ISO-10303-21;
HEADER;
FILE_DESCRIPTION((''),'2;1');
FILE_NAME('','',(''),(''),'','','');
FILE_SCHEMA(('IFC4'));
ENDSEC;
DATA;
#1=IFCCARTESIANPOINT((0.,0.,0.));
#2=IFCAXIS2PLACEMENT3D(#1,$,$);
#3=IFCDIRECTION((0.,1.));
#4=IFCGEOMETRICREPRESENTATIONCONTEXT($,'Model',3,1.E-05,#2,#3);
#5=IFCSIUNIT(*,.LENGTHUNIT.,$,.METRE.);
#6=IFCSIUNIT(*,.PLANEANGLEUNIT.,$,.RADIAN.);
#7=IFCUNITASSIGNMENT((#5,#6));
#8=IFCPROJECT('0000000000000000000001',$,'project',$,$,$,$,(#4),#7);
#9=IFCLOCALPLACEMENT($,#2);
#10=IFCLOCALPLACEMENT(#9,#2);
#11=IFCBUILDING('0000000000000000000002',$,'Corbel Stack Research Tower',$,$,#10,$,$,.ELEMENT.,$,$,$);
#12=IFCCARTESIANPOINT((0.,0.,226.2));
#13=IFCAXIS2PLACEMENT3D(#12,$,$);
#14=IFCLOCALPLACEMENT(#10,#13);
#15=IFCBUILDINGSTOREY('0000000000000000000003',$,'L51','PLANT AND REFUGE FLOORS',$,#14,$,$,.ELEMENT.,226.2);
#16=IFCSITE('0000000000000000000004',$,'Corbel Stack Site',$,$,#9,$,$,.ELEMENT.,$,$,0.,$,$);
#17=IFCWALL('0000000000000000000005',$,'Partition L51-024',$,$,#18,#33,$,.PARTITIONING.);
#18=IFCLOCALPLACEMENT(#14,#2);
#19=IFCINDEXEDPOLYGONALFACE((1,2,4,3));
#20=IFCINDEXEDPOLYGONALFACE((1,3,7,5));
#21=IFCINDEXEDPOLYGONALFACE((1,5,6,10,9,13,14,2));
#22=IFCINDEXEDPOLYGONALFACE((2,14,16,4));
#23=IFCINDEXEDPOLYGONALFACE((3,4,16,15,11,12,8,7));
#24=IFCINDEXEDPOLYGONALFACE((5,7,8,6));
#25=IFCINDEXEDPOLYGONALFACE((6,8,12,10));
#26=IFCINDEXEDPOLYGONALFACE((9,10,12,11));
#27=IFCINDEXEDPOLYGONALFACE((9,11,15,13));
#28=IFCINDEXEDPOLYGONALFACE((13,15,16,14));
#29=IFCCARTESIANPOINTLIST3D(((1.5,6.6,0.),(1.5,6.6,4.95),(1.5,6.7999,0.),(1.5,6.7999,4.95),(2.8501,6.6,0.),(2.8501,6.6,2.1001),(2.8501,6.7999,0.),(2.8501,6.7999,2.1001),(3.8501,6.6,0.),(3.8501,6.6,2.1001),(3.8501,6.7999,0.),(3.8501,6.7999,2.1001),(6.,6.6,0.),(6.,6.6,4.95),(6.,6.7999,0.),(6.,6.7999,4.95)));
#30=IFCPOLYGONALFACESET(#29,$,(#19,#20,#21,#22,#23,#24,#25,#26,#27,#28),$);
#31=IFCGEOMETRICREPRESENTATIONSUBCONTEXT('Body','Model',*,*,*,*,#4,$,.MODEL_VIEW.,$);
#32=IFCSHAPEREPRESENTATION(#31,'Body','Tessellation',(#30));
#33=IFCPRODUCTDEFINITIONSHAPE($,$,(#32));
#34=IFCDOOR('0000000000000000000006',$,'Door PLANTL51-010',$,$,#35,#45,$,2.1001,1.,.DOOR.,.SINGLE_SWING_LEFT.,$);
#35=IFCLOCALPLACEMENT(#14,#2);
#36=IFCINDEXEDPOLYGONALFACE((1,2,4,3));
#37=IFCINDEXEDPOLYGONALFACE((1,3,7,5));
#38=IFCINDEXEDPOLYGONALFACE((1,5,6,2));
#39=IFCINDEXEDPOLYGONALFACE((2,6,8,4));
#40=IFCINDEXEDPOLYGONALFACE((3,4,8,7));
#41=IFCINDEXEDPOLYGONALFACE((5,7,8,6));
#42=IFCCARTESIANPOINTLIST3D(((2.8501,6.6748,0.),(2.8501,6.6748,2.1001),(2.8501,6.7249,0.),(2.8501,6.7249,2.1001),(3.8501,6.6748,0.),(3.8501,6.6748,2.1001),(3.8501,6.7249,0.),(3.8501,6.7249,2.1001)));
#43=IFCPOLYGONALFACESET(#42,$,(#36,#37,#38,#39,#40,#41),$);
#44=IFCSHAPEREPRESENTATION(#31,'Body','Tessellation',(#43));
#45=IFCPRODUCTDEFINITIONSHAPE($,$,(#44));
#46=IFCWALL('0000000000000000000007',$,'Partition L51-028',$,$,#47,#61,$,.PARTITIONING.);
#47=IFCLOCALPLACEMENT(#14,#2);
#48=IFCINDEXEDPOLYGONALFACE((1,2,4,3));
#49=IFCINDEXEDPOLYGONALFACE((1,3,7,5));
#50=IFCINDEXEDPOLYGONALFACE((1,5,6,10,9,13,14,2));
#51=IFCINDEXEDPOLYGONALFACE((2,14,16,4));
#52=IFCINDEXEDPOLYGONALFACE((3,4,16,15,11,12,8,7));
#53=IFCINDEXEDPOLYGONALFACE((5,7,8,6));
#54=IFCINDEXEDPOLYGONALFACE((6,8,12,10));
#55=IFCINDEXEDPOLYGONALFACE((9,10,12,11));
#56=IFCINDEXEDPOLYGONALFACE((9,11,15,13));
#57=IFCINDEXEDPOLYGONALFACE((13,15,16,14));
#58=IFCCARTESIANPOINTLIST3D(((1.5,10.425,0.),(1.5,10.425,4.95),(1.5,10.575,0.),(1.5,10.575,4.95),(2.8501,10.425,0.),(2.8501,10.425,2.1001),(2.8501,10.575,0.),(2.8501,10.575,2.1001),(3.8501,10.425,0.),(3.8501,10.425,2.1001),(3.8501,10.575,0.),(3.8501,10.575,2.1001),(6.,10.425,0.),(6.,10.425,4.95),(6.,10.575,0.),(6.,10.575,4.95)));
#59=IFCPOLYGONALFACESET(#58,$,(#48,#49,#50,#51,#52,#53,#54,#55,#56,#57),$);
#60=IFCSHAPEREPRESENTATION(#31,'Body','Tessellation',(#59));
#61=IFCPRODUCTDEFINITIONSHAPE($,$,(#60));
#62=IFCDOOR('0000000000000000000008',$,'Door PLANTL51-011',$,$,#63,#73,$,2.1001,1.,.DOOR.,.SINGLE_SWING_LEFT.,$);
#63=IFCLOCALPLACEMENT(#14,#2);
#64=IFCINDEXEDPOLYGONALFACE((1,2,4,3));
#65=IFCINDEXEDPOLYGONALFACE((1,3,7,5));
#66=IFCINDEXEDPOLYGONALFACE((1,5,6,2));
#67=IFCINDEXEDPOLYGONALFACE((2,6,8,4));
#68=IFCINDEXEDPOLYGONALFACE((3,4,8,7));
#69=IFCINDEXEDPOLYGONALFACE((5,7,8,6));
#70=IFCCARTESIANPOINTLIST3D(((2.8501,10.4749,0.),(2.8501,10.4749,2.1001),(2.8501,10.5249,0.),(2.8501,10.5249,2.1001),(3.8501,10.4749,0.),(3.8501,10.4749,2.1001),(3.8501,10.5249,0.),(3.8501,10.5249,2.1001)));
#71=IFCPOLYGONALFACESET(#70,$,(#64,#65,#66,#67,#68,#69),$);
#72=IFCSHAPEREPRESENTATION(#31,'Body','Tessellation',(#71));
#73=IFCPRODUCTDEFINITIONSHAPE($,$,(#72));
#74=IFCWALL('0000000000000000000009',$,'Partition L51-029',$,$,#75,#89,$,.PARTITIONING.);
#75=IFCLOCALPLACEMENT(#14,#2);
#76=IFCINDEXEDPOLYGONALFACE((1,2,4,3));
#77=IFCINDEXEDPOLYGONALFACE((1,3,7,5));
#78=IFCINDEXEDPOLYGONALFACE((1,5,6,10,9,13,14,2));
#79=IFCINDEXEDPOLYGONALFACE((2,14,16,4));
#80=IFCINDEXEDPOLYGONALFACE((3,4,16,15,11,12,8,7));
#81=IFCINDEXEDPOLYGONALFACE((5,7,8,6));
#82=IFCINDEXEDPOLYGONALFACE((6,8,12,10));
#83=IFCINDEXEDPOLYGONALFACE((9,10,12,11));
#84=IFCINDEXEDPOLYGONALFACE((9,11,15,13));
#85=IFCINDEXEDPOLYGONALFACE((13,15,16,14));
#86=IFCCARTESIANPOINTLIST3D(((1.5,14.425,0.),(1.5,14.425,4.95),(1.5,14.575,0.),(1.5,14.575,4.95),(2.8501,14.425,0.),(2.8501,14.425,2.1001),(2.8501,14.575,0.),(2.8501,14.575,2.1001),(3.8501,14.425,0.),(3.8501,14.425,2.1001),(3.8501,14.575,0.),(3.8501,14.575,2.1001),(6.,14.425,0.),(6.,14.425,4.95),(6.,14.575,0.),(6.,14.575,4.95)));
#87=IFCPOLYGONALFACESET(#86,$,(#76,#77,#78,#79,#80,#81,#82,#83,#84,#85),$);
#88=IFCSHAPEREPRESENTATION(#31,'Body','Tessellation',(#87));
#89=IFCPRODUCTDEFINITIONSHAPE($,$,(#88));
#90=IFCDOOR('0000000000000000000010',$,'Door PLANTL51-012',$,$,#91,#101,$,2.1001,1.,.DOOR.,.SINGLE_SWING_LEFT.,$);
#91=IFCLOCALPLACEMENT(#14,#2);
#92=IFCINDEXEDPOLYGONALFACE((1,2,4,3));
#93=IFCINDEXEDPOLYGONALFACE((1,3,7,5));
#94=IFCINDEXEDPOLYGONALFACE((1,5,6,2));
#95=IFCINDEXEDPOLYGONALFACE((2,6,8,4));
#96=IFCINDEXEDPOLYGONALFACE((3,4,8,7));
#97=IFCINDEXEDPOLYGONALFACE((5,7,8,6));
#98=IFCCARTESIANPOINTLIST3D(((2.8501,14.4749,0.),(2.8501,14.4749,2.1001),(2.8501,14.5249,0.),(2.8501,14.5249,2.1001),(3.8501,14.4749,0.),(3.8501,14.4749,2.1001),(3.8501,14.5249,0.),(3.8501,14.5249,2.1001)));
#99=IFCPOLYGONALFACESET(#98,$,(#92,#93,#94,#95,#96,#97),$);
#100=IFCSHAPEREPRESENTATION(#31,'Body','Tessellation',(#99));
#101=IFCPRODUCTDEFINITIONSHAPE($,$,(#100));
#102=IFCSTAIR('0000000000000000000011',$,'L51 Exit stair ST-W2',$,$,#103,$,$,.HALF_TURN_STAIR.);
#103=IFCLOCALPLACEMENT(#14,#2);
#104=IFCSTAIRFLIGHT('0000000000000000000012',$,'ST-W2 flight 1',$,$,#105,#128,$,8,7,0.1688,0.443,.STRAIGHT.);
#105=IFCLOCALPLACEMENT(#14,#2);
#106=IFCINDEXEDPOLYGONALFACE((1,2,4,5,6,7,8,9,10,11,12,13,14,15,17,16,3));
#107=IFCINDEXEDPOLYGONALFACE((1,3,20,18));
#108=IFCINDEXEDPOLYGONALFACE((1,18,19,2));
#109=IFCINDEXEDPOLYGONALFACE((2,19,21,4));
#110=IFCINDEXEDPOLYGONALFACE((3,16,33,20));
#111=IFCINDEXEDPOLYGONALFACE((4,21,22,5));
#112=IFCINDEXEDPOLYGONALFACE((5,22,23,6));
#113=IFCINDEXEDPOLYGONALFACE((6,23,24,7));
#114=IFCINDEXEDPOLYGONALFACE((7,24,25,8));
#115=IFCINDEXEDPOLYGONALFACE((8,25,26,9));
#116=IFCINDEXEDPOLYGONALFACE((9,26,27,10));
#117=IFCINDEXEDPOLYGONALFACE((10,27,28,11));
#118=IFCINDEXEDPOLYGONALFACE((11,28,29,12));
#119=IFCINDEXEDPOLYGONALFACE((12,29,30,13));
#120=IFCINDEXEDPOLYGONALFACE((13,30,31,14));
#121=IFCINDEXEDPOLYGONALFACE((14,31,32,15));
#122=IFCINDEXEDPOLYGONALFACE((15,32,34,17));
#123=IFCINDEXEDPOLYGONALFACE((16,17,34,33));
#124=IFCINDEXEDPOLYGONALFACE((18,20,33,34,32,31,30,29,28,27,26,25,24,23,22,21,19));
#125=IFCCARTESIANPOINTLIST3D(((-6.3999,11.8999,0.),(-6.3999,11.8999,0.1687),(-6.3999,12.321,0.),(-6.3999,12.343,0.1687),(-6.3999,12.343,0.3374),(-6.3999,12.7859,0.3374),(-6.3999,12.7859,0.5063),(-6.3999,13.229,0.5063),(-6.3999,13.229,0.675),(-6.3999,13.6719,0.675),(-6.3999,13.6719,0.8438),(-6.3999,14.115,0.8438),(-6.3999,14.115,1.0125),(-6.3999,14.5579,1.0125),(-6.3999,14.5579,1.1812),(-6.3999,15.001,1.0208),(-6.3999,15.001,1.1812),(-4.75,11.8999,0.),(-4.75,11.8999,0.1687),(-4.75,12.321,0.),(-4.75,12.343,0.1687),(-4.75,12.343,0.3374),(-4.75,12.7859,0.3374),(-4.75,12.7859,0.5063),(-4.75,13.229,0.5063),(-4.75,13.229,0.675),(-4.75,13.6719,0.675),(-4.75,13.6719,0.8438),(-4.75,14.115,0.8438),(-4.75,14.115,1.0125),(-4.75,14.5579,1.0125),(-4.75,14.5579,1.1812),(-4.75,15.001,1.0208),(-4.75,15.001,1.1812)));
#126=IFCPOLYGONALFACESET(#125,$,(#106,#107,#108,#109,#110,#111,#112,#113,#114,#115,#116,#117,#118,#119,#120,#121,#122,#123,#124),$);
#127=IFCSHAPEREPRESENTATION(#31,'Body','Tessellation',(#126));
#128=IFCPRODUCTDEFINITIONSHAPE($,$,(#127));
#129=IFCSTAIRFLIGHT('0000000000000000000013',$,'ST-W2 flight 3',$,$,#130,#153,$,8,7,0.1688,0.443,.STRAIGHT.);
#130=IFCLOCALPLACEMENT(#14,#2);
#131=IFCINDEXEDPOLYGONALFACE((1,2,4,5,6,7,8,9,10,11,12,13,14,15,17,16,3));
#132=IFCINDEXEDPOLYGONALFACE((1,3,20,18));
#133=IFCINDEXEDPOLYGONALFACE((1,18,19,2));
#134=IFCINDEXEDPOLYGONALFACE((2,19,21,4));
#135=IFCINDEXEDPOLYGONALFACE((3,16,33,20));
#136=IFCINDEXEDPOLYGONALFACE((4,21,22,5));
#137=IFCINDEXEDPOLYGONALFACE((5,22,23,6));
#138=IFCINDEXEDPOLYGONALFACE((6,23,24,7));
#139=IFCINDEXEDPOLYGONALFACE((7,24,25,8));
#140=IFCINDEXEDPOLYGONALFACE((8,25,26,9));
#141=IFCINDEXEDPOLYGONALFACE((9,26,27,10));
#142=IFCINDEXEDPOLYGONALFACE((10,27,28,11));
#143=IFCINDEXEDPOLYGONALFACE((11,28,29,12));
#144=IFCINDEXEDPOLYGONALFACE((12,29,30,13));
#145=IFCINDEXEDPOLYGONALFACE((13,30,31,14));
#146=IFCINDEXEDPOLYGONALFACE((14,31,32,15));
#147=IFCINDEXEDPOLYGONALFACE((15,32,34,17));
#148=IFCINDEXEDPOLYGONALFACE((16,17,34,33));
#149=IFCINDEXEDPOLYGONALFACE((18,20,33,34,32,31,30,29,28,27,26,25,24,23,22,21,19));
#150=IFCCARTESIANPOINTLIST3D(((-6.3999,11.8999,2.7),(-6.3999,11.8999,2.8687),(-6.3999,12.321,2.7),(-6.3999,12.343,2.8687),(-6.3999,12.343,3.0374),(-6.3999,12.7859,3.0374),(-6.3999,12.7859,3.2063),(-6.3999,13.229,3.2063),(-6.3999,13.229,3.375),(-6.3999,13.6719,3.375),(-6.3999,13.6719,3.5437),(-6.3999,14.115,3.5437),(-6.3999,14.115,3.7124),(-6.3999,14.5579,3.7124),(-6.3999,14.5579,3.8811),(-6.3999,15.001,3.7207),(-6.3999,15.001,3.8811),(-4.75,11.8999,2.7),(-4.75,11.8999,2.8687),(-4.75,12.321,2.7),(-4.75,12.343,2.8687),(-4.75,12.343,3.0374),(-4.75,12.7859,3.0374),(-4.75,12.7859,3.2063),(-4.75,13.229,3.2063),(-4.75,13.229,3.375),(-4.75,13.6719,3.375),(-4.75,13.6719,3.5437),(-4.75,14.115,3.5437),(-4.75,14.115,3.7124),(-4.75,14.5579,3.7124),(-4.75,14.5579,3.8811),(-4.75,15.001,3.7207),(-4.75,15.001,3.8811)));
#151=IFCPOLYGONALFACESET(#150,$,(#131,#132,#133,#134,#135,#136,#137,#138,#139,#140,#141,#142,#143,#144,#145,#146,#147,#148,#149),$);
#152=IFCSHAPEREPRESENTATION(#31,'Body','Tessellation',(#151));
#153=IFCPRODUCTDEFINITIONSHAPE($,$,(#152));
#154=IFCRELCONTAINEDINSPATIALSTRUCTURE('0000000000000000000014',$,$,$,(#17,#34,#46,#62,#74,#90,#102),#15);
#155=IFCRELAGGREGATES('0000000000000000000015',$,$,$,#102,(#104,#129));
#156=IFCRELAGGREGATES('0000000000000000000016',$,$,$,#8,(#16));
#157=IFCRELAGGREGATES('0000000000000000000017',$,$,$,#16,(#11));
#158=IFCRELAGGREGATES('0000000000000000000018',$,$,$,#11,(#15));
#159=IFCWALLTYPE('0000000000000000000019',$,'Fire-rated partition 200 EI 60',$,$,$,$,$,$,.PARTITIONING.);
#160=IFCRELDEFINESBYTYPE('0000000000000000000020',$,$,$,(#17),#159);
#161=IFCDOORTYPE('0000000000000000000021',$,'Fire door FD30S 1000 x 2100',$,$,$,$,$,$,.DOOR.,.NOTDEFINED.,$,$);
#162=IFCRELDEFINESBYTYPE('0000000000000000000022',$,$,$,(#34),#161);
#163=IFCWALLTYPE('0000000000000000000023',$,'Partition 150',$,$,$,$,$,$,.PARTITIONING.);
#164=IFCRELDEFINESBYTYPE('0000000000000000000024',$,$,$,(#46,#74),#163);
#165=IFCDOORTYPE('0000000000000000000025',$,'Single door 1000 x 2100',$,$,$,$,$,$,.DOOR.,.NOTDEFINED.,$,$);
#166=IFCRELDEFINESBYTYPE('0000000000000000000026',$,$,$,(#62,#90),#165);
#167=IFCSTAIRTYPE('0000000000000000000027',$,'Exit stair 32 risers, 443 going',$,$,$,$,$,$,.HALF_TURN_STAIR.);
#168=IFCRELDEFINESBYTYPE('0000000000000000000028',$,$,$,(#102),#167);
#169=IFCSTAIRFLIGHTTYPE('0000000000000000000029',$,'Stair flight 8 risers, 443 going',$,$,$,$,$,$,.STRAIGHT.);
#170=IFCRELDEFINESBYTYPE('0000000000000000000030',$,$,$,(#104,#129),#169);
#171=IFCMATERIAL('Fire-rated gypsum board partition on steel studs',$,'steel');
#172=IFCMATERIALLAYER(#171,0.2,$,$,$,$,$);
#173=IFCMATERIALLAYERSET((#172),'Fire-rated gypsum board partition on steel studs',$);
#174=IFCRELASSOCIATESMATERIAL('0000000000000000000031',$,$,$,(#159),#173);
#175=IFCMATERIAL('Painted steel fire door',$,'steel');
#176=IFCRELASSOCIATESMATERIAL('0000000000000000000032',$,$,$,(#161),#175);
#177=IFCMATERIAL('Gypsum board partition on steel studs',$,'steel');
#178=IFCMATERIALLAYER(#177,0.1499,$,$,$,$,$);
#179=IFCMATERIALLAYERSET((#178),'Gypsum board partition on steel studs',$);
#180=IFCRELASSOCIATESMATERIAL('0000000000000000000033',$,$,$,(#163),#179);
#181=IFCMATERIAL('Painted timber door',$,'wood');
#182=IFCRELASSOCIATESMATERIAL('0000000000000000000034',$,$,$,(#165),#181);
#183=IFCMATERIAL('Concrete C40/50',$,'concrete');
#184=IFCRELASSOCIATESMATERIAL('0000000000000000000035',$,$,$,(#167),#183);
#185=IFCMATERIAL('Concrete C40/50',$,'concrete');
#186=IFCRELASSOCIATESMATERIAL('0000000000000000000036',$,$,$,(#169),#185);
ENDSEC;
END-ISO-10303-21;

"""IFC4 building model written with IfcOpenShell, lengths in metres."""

from ifc_helpers import new_model, si_unit, direction, frame, frame_2d, origin, place, context, subcontext, project, spatial, polyline, rectangle, outline, extrude, material, layer, layer_set, type_object, element, fill, aggregate, save


model = new_model("IFC4")

# Units and contexts
model_context = context("Model", 3, precision=1e-05, world=origin(), true_north=direction((0.0, 1.0)))
body_context = subcontext(model_context, "Body", "Model", "MODEL_VIEW")
ifc_project = project(units=[si_unit("LENGTHUNIT", "METRE"), si_unit("PLANEANGLEUNIT", "RADIAN")], contexts=[model_context])

# Site, building, storey
site_placement = place(None, origin())
site = spatial("IfcSite", under=ifc_project, at=site_placement, Name="Corbel Stack Site", CompositionType="ELEMENT", RefElevation=0.0)
building_placement = place(site_placement, origin())
building = spatial("IfcBuilding", under=site, at=building_placement, Name="Corbel Stack Research Tower", CompositionType="ELEMENT")
storey_placement = place(building_placement, frame((0.0, 0.0, 226.2)))
storey = spatial("IfcBuildingStorey", under=building, at=storey_placement, Name="L51", Description="PLANT AND REFUGE FLOORS", CompositionType="ELEMENT", Elevation=226.2)

# Walls, openings, doors
ifc_material_1 = material(Name="Fire-rated gypsum board partition on steel studs", Category="steel")
ifc_layer_1 = layer(ifc_material_1, 0.2)
ifc_layer_set_1 = layer_set([ifc_layer_1], Name="Fire-rated gypsum board partition on steel studs")
wall_type_1 = type_object("IfcWallType", Name="Fire-rated partition 200 EI 60", PredefinedType="PARTITIONING", material=ifc_layer_set_1)
wall_1_placement = place(storey_placement, frame((1.5, 6.7, 0.0), z_axis=(0.0, 0.0, 1.0), x_axis=(1.0, 0.0, 0.0)))
wall_1 = element("IfcWall", 1, at=wall_1_placement, inside=storey, type_object=wall_type_1, Name="Partition L51-024", PredefinedType="PARTITIONING", context=body_context, shape_type="SweptSolid", body=[
    extrude(rectangle(XDim=4.5, YDim=0.2, at=frame_2d((2.25, 0.0))), origin(), (0.0, 0.0, 1.0), 4.95),
])
opening_1_placement = place(wall_1_placement, frame((1.3501, 0.0, 0.0)))
opening_1 = element("IfcOpeningElement", 2, at=opening_1_placement, cuts=wall_1, PredefinedType="OPENING", context=body_context, shape_type="SweptSolid", body=[
    extrude(rectangle(XDim=1.0, YDim=2.1001, at=frame_2d((0.5, 1.05))), frame((0.0, 0.1099, 0.0), z_axis=(0.0, -1.0, 0.0), x_axis=(1.0, 0.0, 0.0)), (0.0, 0.0, 1.0), 0.22),
])
ifc_material_2 = material(Name="Painted steel fire door", Category="steel")
door_type_1 = type_object("IfcDoorType", Name="Fire door FD30S 1000 x 2100", OperationType="NOTDEFINED", PredefinedType="DOOR", material=ifc_material_2)
door_1_placement = place(opening_1_placement, origin())
door_1 = element("IfcDoor", 3, at=door_1_placement, inside=storey, type_object=door_type_1, Name="Door PLANTL51-010", OperationType="SINGLE_SWING_LEFT", OverallHeight=2.1001, OverallWidth=1.0, PredefinedType="DOOR", context=body_context, shape_type="SweptSolid", body=[
    extrude(rectangle(XDim=1.0, YDim=2.1001, at=frame_2d((0.5, 1.05))), frame((0.0, 0.0249, 0.0), z_axis=(0.0, -1.0, 0.0), x_axis=(1.0, 0.0, 0.0)), (0.0, 0.0, 1.0), 0.05),
])
fill(opening_1, door_1)
ifc_material_3 = material(Name="Gypsum board partition on steel studs", Category="steel")
ifc_layer_2 = layer(ifc_material_3, 0.1499)
ifc_layer_set_2 = layer_set([ifc_layer_2], Name="Gypsum board partition on steel studs")
wall_type_2 = type_object("IfcWallType", Name="Partition 150", PredefinedType="PARTITIONING", material=ifc_layer_set_2)
wall_2_placement = place(storey_placement, frame((1.5, 10.5, 0.0), z_axis=(0.0, 0.0, 1.0), x_axis=(1.0, 0.0, 0.0)))
wall_2 = element("IfcWall", 4, at=wall_2_placement, inside=storey, type_object=wall_type_2, Name="Partition L51-028", PredefinedType="PARTITIONING", context=body_context, shape_type="SweptSolid", body=[
    extrude(rectangle(XDim=4.5, YDim=0.1499, at=frame_2d((2.25, 0.0))), origin(), (0.0, 0.0, 1.0), 4.95),
])
opening_2_placement = place(wall_2_placement, frame((1.3501, 0.0, 0.0)))
opening_2 = element("IfcOpeningElement", 5, at=opening_2_placement, cuts=wall_2, PredefinedType="OPENING", context=body_context, shape_type="SweptSolid", body=[
    extrude(rectangle(XDim=1.0, YDim=2.1001, at=frame_2d((0.5, 1.05))), frame((0.0, 0.085, 0.0), z_axis=(0.0, -1.0, 0.0), x_axis=(1.0, 0.0, 0.0)), (0.0, 0.0, 1.0), 0.1699),
])
ifc_material_4 = material(Name="Painted timber door", Category="wood")
door_type_2 = type_object("IfcDoorType", Name="Single door 1000 x 2100", OperationType="NOTDEFINED", PredefinedType="DOOR", material=ifc_material_4)
door_2_placement = place(opening_2_placement, origin())
door_2 = element("IfcDoor", 6, at=door_2_placement, inside=storey, type_object=door_type_2, Name="Door PLANTL51-011", OperationType="SINGLE_SWING_LEFT", OverallHeight=2.1001, OverallWidth=1.0, PredefinedType="DOOR", context=body_context, shape_type="SweptSolid", body=[
    extrude(rectangle(XDim=1.0, YDim=2.1001, at=frame_2d((0.5, 1.05))), frame((0.0, 0.0249, 0.0), z_axis=(0.0, -1.0, 0.0), x_axis=(1.0, 0.0, 0.0)), (0.0, 0.0, 1.0), 0.05),
])
fill(opening_2, door_2)
wall_3_placement = place(storey_placement, frame((1.5, 14.5, 0.0), z_axis=(0.0, 0.0, 1.0), x_axis=(1.0, 0.0, 0.0)))
wall_3 = element("IfcWall", 7, at=wall_3_placement, inside=storey, type_object=wall_type_2, Name="Partition L51-029", PredefinedType="PARTITIONING", context=body_context, shape_type="SweptSolid", body=[
    extrude(rectangle(XDim=4.5, YDim=0.1499, at=frame_2d((2.25, 0.0))), origin(), (0.0, 0.0, 1.0), 4.95),
])
opening_3_placement = place(wall_3_placement, frame((1.3501, 0.0, 0.0)))
opening_3 = element("IfcOpeningElement", 8, at=opening_3_placement, cuts=wall_3, PredefinedType="OPENING", context=body_context, shape_type="SweptSolid", body=[
    extrude(rectangle(XDim=1.0, YDim=2.1001, at=frame_2d((0.5, 1.05))), frame((0.0, 0.085, 0.0), z_axis=(0.0, -1.0, 0.0), x_axis=(1.0, 0.0, 0.0)), (0.0, 0.0, 1.0), 0.1699),
])
door_3_placement = place(opening_3_placement, origin())
door_3 = element("IfcDoor", 9, at=door_3_placement, inside=storey, type_object=door_type_2, Name="Door PLANTL51-012", OperationType="SINGLE_SWING_LEFT", OverallHeight=2.1001, OverallWidth=1.0, PredefinedType="DOOR", context=body_context, shape_type="SweptSolid", body=[
    extrude(rectangle(XDim=1.0, YDim=2.1001, at=frame_2d((0.5, 1.05))), frame((0.0, 0.0249, 0.0), z_axis=(0.0, -1.0, 0.0), x_axis=(1.0, 0.0, 0.0)), (0.0, 0.0, 1.0), 0.05),
])
fill(opening_3, door_3)

# Stair, stair flights
ifc_material_5 = material(Name="Concrete C40/50", Category="concrete")
stair_type = type_object("IfcStairType", Name="Exit stair 32 risers, 443 going", PredefinedType="HALF_TURN_STAIR", material=ifc_material_5)
stair_placement = place(storey_placement, origin())
stair = element("IfcStair", 10, at=stair_placement, inside=storey, type_object=stair_type, Name="L51 Exit stair ST-W2", PredefinedType="HALF_TURN_STAIR")
ifc_material_6 = material(Name="Concrete C40/50", Category="concrete")
stair_flight_type = type_object("IfcStairFlightType", Name="Stair flight 8 risers, 443 going", PredefinedType="STRAIGHT", material=ifc_material_6)
stair_flight_1_placement = place(storey_placement, frame((-5.575, 11.8999, 0.0), z_axis=(0.0, 0.0, 1.0), x_axis=(0.0, 1.0, 0.0)))
stair_flight_1 = element("IfcStairFlight", 11, at=stair_flight_1_placement, type_object=stair_flight_type, Name="ST-W2 flight 1", NumberOfRisers=8, NumberOfTreads=7, PredefinedType="STRAIGHT", RiserHeight=0.1688, TreadLength=0.443, context=body_context, shape_type="SweptSolid", body=[
    extrude(outline(polyline([(0.0, 0.0), (0.0, 0.1687), (0.4431, 0.1687), (0.4431, 0.3374), (0.886, 0.3374), (0.886, 0.5063), (1.3291, 0.5063), (1.3291, 0.675), (1.772, 0.675), (1.772, 0.8438), (2.2151, 0.8438), (2.2151, 1.0125), (2.658, 1.0125), (2.658, 1.1812), (3.1011, 1.1812), (3.1011, 1.3501), (3.1011, 1.0208), (0.4211, 0.0), (0.0, 0.0)])), frame((0.0, 0.825, 0.0), z_axis=(0.0, -1.0, 0.0), x_axis=(1.0, 0.0, 0.0)), (0.0, 0.0, 1.0), 1.6499),
])
stair_flight_2_placement = place(storey_placement, frame((-5.575, 11.8999, 2.7), z_axis=(0.0, 0.0, 1.0), x_axis=(0.0, 1.0, 0.0)))
stair_flight_2 = element("IfcStairFlight", 12, at=stair_flight_2_placement, type_object=stair_flight_type, Name="ST-W2 flight 3", NumberOfRisers=8, NumberOfTreads=7, PredefinedType="STRAIGHT", RiserHeight=0.1688, TreadLength=0.443, context=body_context, shape_type="SweptSolid", body=[
    extrude(outline(polyline([(0.0, 0.0), (0.0, 0.1687), (0.4431, 0.1687), (0.4431, 0.3374), (0.886, 0.3374), (0.886, 0.5063), (1.3291, 0.5063), (1.3291, 0.675), (1.772, 0.675), (1.772, 0.8438), (2.2151, 0.8438), (2.2151, 1.0125), (2.658, 1.0125), (2.658, 1.1812), (3.1011, 1.1812), (3.1011, 1.3501), (3.1011, 1.0208), (0.4211, 0.0), (0.0, 0.0)])), frame((0.0, 0.825, 0.0), z_axis=(0.0, -1.0, 0.0), x_axis=(1.0, 0.0, 0.0)), (0.0, 0.0, 1.0), 1.6499),
])
aggregate(stair, [stair_flight_1, stair_flight_2])

save(model, "model.ifc")
